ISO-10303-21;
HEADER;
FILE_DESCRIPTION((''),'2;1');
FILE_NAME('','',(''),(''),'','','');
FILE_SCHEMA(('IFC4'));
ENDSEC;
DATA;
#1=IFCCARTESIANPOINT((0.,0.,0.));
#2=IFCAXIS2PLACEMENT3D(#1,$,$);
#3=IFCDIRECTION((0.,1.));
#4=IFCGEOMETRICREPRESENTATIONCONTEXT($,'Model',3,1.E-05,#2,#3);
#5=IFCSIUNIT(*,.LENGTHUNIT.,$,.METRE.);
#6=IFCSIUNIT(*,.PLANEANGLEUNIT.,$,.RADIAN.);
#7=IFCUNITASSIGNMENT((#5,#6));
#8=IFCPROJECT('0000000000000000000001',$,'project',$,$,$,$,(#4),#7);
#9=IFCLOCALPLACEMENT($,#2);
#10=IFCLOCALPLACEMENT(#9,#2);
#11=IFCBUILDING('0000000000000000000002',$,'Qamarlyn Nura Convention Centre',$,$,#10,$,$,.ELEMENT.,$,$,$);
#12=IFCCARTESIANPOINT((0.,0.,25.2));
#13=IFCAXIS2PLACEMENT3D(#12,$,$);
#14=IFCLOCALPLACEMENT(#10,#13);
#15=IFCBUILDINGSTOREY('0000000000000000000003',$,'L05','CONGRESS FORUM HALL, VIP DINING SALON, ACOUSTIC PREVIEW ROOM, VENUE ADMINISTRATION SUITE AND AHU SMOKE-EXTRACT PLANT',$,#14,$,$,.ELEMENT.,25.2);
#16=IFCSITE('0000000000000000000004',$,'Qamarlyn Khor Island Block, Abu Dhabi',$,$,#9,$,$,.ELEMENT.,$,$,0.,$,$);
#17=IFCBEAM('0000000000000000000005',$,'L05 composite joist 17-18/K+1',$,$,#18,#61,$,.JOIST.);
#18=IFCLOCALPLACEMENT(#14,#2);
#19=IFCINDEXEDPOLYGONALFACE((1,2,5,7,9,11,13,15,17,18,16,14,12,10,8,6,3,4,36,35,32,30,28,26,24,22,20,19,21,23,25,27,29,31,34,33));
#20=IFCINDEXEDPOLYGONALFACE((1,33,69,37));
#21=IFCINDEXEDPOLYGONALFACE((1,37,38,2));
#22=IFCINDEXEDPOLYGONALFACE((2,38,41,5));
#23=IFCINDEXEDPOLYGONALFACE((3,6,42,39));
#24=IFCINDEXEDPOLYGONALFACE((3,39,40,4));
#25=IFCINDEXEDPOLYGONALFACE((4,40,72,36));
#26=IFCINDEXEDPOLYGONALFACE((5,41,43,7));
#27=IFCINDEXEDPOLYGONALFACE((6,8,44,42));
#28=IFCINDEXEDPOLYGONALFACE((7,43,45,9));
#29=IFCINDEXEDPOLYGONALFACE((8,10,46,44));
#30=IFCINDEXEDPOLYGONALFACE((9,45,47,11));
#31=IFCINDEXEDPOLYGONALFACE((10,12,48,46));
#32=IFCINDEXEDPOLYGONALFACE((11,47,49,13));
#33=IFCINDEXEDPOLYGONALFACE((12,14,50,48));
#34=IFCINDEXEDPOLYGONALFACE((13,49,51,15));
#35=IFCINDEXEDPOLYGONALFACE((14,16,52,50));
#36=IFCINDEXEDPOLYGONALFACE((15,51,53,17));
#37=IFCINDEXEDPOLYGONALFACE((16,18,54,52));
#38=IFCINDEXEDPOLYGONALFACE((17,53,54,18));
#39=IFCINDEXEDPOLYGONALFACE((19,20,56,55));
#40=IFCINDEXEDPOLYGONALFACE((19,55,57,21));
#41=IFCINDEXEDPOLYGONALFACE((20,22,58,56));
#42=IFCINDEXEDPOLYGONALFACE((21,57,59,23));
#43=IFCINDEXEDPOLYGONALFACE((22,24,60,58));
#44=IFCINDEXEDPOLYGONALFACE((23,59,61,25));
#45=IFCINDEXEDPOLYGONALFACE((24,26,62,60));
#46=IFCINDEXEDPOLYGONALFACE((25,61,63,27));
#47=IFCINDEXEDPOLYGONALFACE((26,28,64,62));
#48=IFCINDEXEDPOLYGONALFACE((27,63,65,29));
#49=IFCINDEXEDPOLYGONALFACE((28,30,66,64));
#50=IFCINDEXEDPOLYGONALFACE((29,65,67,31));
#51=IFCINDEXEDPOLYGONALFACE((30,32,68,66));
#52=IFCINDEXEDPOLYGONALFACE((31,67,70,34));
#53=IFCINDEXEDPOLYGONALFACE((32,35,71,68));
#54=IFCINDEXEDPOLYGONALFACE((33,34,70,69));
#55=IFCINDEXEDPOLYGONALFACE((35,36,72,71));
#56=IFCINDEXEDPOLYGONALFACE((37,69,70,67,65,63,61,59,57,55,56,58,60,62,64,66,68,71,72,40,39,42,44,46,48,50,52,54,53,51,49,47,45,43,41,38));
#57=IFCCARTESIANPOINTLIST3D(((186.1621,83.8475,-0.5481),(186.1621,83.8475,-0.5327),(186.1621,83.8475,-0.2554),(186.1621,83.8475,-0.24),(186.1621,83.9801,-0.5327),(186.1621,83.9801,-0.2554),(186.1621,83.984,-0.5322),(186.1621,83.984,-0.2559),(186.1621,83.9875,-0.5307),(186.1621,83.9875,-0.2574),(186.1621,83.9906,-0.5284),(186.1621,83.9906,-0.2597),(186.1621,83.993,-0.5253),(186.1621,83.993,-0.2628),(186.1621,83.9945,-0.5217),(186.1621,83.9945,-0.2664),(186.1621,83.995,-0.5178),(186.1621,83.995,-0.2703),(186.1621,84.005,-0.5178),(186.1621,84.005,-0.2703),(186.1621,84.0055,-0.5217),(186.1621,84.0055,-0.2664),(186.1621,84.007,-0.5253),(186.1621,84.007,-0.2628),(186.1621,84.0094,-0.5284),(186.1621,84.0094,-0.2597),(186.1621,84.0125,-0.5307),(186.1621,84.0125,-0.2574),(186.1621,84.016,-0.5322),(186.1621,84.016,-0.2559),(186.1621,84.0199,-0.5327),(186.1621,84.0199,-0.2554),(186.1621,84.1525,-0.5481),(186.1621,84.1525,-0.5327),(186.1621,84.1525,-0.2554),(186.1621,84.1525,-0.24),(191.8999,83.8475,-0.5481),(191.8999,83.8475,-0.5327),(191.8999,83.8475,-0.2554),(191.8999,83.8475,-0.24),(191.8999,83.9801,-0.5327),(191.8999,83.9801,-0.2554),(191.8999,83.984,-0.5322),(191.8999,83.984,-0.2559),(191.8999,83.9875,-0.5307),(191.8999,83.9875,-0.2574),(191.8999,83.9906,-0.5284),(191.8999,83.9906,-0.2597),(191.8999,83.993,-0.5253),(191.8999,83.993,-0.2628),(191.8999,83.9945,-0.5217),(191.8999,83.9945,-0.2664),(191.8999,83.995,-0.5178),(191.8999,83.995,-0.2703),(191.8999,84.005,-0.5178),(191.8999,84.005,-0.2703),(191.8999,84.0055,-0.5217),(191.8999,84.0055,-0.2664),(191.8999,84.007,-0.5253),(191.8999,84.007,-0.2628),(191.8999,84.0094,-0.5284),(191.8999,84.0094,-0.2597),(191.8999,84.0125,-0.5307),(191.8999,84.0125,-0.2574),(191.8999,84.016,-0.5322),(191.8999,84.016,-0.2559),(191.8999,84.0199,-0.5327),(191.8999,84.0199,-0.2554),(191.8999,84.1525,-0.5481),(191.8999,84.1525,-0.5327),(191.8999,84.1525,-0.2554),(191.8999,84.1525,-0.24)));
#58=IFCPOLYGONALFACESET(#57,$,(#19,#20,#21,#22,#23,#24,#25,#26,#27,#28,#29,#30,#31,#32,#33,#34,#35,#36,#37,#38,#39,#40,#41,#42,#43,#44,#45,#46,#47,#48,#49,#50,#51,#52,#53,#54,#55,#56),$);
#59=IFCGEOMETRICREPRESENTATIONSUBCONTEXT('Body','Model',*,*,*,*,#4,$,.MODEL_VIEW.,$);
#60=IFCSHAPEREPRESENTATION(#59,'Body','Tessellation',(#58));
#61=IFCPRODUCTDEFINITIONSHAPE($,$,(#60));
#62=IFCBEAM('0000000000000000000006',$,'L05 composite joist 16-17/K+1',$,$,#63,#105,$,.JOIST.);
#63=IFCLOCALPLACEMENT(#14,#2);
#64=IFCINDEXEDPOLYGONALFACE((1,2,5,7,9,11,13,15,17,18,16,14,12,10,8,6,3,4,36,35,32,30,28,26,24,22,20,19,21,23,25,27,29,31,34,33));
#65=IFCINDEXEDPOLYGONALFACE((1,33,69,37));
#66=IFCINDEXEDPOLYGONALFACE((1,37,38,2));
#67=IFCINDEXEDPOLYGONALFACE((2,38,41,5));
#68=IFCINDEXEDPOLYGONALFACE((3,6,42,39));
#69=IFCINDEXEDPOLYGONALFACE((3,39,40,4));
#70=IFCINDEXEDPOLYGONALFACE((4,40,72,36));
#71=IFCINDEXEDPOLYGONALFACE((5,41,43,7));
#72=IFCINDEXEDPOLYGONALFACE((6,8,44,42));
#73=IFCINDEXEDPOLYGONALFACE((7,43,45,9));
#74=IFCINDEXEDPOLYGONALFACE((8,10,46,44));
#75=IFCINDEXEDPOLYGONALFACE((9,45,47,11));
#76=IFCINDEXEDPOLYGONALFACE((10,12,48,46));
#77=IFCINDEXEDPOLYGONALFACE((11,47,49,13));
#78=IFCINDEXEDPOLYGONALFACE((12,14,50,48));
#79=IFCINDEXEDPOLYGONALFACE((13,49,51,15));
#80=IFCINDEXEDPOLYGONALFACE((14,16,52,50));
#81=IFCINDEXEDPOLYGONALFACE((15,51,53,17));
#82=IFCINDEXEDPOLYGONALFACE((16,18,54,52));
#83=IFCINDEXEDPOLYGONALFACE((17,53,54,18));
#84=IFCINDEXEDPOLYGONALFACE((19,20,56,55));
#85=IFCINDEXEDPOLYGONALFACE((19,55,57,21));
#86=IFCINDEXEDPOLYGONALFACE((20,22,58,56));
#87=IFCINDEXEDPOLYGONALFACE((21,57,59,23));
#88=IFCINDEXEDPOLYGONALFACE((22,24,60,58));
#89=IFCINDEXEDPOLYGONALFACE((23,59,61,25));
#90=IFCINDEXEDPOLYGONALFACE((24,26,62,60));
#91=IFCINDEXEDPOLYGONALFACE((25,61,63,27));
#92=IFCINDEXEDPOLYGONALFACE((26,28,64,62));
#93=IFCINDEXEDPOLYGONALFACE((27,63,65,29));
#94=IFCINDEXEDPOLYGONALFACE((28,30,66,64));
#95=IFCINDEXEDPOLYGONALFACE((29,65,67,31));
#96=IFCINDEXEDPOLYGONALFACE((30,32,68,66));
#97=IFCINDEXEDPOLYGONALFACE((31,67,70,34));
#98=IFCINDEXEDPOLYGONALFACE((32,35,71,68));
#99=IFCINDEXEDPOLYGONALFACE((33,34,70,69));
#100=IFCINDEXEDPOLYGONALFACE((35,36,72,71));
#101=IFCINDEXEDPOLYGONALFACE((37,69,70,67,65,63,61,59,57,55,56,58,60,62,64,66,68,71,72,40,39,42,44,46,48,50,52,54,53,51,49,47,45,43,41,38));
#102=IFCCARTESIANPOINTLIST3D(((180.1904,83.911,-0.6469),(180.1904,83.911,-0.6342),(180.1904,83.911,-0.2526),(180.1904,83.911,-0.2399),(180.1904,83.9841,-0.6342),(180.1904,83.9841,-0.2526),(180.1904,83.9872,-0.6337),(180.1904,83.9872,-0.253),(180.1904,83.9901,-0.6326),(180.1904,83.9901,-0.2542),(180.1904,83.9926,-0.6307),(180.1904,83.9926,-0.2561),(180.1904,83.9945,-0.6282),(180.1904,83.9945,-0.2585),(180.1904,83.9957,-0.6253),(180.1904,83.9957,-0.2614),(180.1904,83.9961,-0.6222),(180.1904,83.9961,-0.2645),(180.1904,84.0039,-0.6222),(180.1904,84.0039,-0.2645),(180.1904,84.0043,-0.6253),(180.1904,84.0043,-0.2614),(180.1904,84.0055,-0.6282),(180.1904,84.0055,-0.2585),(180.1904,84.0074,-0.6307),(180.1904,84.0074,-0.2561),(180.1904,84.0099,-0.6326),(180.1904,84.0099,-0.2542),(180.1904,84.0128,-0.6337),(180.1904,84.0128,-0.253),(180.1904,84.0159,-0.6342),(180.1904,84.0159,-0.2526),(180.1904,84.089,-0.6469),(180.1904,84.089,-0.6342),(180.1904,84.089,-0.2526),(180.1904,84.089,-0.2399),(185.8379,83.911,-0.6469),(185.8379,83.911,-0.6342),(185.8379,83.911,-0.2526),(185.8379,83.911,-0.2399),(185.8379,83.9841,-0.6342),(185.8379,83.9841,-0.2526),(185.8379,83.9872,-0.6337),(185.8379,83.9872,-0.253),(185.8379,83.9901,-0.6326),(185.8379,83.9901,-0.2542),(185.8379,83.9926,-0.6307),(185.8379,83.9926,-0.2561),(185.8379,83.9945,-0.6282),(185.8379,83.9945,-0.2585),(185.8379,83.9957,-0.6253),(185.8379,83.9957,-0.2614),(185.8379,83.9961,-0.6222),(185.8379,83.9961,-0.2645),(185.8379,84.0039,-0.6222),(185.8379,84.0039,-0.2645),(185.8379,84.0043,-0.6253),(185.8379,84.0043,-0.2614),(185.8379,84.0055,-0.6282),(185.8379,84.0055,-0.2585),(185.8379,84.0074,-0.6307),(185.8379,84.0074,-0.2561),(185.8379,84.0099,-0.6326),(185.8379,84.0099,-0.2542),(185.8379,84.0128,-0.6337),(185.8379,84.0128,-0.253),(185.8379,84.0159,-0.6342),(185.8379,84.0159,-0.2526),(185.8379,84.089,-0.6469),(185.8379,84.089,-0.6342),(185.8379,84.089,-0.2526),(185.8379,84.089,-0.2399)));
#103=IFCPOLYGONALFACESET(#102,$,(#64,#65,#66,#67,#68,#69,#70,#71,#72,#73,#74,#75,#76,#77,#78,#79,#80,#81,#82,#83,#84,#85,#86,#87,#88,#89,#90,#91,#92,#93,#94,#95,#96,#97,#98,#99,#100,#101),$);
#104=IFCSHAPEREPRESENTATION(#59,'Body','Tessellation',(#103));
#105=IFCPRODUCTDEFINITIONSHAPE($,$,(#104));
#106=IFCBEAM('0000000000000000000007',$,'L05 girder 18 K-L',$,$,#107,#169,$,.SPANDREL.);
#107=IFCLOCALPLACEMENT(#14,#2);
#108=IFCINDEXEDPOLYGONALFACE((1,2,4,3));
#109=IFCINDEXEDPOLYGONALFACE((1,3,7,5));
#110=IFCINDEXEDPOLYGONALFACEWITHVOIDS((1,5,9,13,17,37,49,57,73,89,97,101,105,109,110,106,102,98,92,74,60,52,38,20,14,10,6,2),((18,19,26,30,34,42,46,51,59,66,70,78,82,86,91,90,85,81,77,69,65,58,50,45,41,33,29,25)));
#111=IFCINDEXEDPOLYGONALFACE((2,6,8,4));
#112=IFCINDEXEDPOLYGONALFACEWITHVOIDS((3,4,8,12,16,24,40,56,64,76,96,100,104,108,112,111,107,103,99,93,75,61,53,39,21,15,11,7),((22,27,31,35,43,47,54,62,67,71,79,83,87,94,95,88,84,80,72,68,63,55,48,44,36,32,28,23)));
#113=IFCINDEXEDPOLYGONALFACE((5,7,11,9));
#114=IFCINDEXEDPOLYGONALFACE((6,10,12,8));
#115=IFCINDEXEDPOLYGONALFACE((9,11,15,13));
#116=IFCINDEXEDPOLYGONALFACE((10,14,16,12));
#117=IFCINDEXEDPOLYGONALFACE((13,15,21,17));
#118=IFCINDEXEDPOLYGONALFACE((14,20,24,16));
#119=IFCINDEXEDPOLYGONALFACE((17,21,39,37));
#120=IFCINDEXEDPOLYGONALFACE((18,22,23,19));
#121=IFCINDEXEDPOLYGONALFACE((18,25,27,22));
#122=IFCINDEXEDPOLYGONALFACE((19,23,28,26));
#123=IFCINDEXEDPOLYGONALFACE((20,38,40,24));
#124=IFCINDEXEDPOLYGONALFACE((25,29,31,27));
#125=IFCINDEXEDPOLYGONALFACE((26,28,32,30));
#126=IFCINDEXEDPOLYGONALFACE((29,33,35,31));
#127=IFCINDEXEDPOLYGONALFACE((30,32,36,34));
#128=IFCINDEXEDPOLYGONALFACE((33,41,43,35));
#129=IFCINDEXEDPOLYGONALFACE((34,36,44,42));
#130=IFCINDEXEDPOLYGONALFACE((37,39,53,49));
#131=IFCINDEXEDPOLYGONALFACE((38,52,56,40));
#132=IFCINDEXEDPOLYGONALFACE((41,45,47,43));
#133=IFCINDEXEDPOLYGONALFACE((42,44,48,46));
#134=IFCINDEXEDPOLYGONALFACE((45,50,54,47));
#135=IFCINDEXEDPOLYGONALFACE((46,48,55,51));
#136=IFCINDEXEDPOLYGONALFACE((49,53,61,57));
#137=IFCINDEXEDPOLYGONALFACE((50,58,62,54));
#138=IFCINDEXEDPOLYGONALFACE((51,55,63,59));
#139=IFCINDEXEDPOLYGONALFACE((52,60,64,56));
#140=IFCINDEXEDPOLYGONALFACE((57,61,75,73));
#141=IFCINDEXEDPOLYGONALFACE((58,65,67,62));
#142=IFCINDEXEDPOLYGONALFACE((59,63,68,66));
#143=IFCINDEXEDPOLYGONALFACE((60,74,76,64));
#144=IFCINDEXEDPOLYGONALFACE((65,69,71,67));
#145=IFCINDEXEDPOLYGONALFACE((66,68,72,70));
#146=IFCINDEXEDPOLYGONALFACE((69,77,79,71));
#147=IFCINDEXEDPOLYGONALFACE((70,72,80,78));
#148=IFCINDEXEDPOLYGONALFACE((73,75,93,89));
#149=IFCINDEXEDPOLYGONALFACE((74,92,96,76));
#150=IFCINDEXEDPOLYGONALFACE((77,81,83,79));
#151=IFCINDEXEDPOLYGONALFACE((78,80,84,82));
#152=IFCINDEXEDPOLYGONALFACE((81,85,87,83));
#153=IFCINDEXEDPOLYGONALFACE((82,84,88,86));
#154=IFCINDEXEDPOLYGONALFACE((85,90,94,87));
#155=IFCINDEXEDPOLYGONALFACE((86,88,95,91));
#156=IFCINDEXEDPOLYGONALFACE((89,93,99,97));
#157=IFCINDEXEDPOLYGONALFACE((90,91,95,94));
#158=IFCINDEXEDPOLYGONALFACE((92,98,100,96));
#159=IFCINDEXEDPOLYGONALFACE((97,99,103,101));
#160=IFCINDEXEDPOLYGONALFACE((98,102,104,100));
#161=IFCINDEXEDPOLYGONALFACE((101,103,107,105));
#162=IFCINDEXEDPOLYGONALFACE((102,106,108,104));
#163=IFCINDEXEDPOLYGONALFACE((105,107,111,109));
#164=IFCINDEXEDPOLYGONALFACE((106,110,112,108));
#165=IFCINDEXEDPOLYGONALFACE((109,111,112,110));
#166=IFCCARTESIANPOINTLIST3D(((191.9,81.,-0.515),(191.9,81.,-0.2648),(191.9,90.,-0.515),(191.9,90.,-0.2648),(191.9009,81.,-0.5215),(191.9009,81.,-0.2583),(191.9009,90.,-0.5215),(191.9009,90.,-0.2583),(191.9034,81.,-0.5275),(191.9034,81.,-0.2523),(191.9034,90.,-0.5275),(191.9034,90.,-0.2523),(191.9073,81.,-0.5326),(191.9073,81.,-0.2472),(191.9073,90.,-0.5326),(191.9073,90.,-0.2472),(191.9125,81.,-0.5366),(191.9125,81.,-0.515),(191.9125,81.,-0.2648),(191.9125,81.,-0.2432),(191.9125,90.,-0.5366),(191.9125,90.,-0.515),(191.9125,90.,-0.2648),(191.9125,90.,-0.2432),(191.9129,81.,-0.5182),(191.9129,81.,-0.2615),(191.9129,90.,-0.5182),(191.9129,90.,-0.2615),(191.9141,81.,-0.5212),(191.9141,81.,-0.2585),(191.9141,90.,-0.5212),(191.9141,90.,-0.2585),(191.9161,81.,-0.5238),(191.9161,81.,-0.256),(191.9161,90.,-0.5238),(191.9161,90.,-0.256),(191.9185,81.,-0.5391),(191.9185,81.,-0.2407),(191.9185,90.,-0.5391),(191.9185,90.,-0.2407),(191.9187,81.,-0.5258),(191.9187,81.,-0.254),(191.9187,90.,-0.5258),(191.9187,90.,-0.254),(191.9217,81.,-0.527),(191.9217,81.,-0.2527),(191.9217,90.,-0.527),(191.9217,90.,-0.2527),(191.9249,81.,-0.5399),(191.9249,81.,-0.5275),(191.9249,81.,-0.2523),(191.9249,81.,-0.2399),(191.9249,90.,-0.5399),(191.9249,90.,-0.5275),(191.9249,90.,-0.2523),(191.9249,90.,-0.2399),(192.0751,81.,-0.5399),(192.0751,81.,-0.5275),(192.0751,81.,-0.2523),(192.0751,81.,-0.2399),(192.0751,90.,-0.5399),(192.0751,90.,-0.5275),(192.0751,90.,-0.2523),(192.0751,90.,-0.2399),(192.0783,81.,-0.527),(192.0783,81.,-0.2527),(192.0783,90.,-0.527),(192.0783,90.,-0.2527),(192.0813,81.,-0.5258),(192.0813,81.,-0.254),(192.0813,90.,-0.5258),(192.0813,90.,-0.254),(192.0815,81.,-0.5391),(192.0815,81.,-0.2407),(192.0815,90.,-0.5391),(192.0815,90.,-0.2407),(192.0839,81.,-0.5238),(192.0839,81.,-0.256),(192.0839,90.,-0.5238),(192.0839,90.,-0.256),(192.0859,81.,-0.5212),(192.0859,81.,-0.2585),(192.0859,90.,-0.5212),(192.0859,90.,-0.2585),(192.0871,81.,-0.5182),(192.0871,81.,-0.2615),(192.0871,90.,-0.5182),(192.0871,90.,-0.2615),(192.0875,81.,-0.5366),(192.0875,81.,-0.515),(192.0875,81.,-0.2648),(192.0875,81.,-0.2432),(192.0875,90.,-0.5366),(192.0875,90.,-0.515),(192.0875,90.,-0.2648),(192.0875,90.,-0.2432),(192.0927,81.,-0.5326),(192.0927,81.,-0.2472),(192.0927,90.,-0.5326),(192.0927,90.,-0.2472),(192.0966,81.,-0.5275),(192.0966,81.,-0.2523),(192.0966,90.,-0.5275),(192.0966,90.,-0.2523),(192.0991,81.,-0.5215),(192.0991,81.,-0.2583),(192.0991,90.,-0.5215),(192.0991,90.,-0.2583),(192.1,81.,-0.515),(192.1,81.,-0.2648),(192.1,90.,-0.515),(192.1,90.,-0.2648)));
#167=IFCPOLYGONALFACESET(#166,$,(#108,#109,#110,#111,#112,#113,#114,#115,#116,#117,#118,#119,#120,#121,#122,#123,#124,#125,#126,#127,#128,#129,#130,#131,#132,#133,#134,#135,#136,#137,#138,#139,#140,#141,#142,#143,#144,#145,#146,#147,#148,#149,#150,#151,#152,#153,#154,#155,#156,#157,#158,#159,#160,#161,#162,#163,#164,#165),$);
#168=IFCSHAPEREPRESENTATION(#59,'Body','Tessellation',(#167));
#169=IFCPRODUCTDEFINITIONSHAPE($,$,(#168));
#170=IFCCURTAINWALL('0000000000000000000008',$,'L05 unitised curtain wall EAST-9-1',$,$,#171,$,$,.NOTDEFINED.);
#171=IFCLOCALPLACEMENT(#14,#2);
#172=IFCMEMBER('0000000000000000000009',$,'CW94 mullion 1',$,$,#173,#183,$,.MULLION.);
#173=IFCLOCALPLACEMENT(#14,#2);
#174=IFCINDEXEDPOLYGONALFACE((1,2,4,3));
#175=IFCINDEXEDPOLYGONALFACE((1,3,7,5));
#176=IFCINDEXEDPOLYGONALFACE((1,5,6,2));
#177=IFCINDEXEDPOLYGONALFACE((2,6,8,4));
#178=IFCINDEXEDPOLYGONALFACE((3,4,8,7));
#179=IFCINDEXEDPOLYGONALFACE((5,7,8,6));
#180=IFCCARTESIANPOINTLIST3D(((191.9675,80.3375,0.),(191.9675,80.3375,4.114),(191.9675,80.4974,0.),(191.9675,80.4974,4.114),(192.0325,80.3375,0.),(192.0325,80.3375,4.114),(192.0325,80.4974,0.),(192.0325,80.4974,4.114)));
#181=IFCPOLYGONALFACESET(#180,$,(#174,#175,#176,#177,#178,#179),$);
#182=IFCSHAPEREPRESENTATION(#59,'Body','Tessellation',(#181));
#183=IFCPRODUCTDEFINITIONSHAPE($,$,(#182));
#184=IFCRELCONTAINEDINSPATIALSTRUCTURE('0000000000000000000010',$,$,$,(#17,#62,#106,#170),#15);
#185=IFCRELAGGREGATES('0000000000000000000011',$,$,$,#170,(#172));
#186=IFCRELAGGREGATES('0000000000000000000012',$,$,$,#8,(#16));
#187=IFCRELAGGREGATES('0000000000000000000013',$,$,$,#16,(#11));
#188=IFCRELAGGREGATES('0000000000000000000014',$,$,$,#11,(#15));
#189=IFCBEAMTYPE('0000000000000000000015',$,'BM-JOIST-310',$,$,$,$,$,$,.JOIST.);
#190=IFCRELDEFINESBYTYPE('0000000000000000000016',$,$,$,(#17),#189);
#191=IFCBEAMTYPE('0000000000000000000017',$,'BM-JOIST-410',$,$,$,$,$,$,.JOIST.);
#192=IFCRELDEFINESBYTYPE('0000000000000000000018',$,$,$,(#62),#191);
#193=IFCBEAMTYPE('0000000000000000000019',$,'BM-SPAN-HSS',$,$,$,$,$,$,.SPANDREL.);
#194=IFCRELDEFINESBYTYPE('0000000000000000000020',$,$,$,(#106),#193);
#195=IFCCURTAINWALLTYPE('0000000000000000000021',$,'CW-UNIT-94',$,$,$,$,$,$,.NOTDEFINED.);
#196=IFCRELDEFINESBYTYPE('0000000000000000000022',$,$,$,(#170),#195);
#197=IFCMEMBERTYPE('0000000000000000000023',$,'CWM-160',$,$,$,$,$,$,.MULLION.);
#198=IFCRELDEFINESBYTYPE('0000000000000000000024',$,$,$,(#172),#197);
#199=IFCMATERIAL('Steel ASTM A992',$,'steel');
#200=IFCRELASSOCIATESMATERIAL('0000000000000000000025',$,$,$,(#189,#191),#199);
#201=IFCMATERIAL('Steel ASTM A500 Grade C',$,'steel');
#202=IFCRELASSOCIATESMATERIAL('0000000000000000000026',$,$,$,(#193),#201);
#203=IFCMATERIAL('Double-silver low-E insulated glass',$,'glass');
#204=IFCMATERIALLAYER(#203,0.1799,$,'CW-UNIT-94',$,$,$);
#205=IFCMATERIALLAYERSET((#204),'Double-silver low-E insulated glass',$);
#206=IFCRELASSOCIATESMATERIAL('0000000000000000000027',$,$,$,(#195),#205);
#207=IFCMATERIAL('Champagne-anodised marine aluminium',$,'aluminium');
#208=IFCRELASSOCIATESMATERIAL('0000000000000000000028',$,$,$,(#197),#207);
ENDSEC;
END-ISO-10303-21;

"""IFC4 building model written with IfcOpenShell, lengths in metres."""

from ifc_helpers import new_model, si_unit, direction, frame, origin, origin_2d, place, context, subcontext, project, spatial, rectangle, hollow_rectangle, i_section, extrude, material, layer, layer_set, material_profile, profile_set, type_object, element, aggregate, save


model = new_model("IFC4")

# Units and contexts
model_context = context("Model", 3, precision=1e-05, world=origin(), true_north=direction((0.0, 1.0)))
body_context = subcontext(model_context, "Body", "Model", "MODEL_VIEW")
ifc_project = project(units=[si_unit("LENGTHUNIT", "METRE"), si_unit("PLANEANGLEUNIT", "RADIAN")], contexts=[model_context])

# Site, building, storey
site_placement = place(None, origin())
site = spatial("IfcSite", under=ifc_project, at=site_placement, Name="Qamarlyn Khor Island Block, Abu Dhabi", CompositionType="ELEMENT", RefElevation=0.0)
building_placement = place(site_placement, origin())
building = spatial("IfcBuilding", under=site, at=building_placement, Name="Qamarlyn Nura Convention Centre", CompositionType="ELEMENT")
storey_placement = place(building_placement, frame((0.0, 0.0, 25.2)))
storey = spatial("IfcBuildingStorey", under=building, at=storey_placement, Name="L05", Description="CONGRESS FORUM HALL, VIP DINING SALON, ACOUSTIC PREVIEW ROOM, VENUE ADMINISTRATION SUITE AND AHU SMOKE-EXTRACT PLANT", CompositionType="ELEMENT", Elevation=25.2)

# Shared definitions
ifc_material_1 = material(Name="Steel ASTM A992", Category="steel")

# Beams
ifc_material_profile_1 = material_profile(ifc_material_1, i_section(OverallWidth=0.3049, OverallDepth=0.3081, WebThickness=0.01, FlangeThickness=0.0154, FilletRadius=0.0149, at=origin_2d()), Name="W310X97")
ifc_profile_set_1 = profile_set([ifc_material_profile_1], Name="Steel ASTM A992")
beam_type_1 = type_object("IfcBeamType", Name="BM-JOIST-310", PredefinedType="JOIST", material=ifc_profile_set_1)
beam_1_placement = place(storey_placement, frame((186.1621, 84.0, -0.394), z_axis=(1.0, 0.0, 0.0), x_axis=(0.0, 1.0, 0.0)))
element("IfcBeam", 1, at=beam_1_placement, inside=storey, type_object=beam_type_1, Name="L05 composite joist 17-18/K+1", PredefinedType="JOIST", context=body_context, shape_type="SweptSolid", body=[
    extrude(i_section(OverallWidth=0.3049, OverallDepth=0.3081, WebThickness=0.01, FlangeThickness=0.0154, FilletRadius=0.0149, at=origin_2d()), origin(), (0.0, 0.0, 1.0), 5.7378),
])
ifc_material_profile_2 = material_profile(ifc_material_1, i_section(OverallWidth=0.178, OverallDepth=0.407, WebThickness=0.0078, FlangeThickness=0.0127, FilletRadius=0.012, at=origin_2d()), Name="W410X60")
ifc_profile_set_2 = profile_set([ifc_material_profile_2], Name="Steel ASTM A992")
beam_type_2 = type_object("IfcBeamType", Name="BM-JOIST-410", PredefinedType="JOIST", material=ifc_profile_set_2)
beam_2_placement = place(storey_placement, frame((180.1904, 84.0, -0.4434), z_axis=(1.0, 0.0, 0.0), x_axis=(0.0, 1.0, 0.0)))
element("IfcBeam", 2, at=beam_2_placement, inside=storey, type_object=beam_type_2, Name="L05 composite joist 16-17/K+1", PredefinedType="JOIST", context=body_context, shape_type="SweptSolid", body=[
    extrude(i_section(OverallWidth=0.178, OverallDepth=0.407, WebThickness=0.0078, FlangeThickness=0.0127, FilletRadius=0.012, at=origin_2d()), origin(), (0.0, 0.0, 1.0), 5.6475),
])
ifc_material_2 = material(Name="Steel ASTM A500 Grade C", Category="steel")
ifc_material_profile_3 = material_profile(ifc_material_2, hollow_rectangle(XDim=0.2, YDim=0.3, WallThickness=0.0125, InnerFilletRadius=0.0125, OuterFilletRadius=0.0249, at=origin_2d()), Name="HSS300X200X12.5")
ifc_profile_set_3 = profile_set([ifc_material_profile_3], Name="Steel ASTM A500 Grade C")
beam_type_3 = type_object("IfcBeamType", Name="BM-SPAN-HSS", PredefinedType="SPANDREL", material=ifc_profile_set_3)
beam_3_placement = place(storey_placement, frame((192.0, 81.0, -0.3899), z_axis=(0.0, 1.0, 0.0), x_axis=(-1.0, 0.0, 0.0)))
element("IfcBeam", 3, at=beam_3_placement, inside=storey, type_object=beam_type_3, Name="L05 girder 18 K-L", PredefinedType="SPANDREL", context=body_context, shape_type="SweptSolid", body=[
    extrude(hollow_rectangle(XDim=0.2, YDim=0.3, WallThickness=0.0125, InnerFilletRadius=0.0125, OuterFilletRadius=0.0249, at=origin_2d()), origin(), (0.0, 0.0, 1.0), 9.0),
])

# Curtain wall, member
ifc_material_3 = material(Name="Double-silver low-E insulated glass", Category="glass")
ifc_layer_1 = layer(ifc_material_3, 0.1799, Name="CW-UNIT-94")
ifc_layer_set_1 = layer_set([ifc_layer_1], Name="Double-silver low-E insulated glass")
curtain_wall_type = type_object("IfcCurtainWallType", Name="CW-UNIT-94", PredefinedType="NOTDEFINED", material=ifc_layer_set_1)
curtain_wall_placement = place(storey_placement, origin())
curtain_wall = element("IfcCurtainWall", 4, at=curtain_wall_placement, inside=storey, type_object=curtain_wall_type, Name="L05 unitised curtain wall EAST-9-1", PredefinedType="NOTDEFINED")
ifc_material_4 = material(Name="Champagne-anodised marine aluminium", Category="aluminium")
ifc_material_profile_4 = material_profile(ifc_material_4, rectangle(XDim=0.0649, YDim=0.1599, at=origin_2d()), Name="ALU MULLION 65x160")
ifc_profile_set_4 = profile_set([ifc_material_profile_4], Name="Champagne-anodised marine aluminium")
member_type_1 = type_object("IfcMemberType", Name="CWM-160", PredefinedType="MULLION", material=ifc_profile_set_4)
member_1_placement = place(storey_placement, frame((192.0, 80.4175, 0.0), z_axis=(0.0, 0.0, 1.0), x_axis=(1.0, 0.0, 0.0)))
member_1 = element("IfcMember", 5, at=member_1_placement, type_object=member_type_1, Name="CW94 mullion 1", PredefinedType="MULLION", context=body_context, shape_type="SweptSolid", body=[
    extrude(rectangle(XDim=0.0649, YDim=0.1599, at=origin_2d()), origin(), (0.0, 0.0, 1.0), 4.114),
])
aggregate(curtain_wall, [member_1])

save(model, "model.ifc")
